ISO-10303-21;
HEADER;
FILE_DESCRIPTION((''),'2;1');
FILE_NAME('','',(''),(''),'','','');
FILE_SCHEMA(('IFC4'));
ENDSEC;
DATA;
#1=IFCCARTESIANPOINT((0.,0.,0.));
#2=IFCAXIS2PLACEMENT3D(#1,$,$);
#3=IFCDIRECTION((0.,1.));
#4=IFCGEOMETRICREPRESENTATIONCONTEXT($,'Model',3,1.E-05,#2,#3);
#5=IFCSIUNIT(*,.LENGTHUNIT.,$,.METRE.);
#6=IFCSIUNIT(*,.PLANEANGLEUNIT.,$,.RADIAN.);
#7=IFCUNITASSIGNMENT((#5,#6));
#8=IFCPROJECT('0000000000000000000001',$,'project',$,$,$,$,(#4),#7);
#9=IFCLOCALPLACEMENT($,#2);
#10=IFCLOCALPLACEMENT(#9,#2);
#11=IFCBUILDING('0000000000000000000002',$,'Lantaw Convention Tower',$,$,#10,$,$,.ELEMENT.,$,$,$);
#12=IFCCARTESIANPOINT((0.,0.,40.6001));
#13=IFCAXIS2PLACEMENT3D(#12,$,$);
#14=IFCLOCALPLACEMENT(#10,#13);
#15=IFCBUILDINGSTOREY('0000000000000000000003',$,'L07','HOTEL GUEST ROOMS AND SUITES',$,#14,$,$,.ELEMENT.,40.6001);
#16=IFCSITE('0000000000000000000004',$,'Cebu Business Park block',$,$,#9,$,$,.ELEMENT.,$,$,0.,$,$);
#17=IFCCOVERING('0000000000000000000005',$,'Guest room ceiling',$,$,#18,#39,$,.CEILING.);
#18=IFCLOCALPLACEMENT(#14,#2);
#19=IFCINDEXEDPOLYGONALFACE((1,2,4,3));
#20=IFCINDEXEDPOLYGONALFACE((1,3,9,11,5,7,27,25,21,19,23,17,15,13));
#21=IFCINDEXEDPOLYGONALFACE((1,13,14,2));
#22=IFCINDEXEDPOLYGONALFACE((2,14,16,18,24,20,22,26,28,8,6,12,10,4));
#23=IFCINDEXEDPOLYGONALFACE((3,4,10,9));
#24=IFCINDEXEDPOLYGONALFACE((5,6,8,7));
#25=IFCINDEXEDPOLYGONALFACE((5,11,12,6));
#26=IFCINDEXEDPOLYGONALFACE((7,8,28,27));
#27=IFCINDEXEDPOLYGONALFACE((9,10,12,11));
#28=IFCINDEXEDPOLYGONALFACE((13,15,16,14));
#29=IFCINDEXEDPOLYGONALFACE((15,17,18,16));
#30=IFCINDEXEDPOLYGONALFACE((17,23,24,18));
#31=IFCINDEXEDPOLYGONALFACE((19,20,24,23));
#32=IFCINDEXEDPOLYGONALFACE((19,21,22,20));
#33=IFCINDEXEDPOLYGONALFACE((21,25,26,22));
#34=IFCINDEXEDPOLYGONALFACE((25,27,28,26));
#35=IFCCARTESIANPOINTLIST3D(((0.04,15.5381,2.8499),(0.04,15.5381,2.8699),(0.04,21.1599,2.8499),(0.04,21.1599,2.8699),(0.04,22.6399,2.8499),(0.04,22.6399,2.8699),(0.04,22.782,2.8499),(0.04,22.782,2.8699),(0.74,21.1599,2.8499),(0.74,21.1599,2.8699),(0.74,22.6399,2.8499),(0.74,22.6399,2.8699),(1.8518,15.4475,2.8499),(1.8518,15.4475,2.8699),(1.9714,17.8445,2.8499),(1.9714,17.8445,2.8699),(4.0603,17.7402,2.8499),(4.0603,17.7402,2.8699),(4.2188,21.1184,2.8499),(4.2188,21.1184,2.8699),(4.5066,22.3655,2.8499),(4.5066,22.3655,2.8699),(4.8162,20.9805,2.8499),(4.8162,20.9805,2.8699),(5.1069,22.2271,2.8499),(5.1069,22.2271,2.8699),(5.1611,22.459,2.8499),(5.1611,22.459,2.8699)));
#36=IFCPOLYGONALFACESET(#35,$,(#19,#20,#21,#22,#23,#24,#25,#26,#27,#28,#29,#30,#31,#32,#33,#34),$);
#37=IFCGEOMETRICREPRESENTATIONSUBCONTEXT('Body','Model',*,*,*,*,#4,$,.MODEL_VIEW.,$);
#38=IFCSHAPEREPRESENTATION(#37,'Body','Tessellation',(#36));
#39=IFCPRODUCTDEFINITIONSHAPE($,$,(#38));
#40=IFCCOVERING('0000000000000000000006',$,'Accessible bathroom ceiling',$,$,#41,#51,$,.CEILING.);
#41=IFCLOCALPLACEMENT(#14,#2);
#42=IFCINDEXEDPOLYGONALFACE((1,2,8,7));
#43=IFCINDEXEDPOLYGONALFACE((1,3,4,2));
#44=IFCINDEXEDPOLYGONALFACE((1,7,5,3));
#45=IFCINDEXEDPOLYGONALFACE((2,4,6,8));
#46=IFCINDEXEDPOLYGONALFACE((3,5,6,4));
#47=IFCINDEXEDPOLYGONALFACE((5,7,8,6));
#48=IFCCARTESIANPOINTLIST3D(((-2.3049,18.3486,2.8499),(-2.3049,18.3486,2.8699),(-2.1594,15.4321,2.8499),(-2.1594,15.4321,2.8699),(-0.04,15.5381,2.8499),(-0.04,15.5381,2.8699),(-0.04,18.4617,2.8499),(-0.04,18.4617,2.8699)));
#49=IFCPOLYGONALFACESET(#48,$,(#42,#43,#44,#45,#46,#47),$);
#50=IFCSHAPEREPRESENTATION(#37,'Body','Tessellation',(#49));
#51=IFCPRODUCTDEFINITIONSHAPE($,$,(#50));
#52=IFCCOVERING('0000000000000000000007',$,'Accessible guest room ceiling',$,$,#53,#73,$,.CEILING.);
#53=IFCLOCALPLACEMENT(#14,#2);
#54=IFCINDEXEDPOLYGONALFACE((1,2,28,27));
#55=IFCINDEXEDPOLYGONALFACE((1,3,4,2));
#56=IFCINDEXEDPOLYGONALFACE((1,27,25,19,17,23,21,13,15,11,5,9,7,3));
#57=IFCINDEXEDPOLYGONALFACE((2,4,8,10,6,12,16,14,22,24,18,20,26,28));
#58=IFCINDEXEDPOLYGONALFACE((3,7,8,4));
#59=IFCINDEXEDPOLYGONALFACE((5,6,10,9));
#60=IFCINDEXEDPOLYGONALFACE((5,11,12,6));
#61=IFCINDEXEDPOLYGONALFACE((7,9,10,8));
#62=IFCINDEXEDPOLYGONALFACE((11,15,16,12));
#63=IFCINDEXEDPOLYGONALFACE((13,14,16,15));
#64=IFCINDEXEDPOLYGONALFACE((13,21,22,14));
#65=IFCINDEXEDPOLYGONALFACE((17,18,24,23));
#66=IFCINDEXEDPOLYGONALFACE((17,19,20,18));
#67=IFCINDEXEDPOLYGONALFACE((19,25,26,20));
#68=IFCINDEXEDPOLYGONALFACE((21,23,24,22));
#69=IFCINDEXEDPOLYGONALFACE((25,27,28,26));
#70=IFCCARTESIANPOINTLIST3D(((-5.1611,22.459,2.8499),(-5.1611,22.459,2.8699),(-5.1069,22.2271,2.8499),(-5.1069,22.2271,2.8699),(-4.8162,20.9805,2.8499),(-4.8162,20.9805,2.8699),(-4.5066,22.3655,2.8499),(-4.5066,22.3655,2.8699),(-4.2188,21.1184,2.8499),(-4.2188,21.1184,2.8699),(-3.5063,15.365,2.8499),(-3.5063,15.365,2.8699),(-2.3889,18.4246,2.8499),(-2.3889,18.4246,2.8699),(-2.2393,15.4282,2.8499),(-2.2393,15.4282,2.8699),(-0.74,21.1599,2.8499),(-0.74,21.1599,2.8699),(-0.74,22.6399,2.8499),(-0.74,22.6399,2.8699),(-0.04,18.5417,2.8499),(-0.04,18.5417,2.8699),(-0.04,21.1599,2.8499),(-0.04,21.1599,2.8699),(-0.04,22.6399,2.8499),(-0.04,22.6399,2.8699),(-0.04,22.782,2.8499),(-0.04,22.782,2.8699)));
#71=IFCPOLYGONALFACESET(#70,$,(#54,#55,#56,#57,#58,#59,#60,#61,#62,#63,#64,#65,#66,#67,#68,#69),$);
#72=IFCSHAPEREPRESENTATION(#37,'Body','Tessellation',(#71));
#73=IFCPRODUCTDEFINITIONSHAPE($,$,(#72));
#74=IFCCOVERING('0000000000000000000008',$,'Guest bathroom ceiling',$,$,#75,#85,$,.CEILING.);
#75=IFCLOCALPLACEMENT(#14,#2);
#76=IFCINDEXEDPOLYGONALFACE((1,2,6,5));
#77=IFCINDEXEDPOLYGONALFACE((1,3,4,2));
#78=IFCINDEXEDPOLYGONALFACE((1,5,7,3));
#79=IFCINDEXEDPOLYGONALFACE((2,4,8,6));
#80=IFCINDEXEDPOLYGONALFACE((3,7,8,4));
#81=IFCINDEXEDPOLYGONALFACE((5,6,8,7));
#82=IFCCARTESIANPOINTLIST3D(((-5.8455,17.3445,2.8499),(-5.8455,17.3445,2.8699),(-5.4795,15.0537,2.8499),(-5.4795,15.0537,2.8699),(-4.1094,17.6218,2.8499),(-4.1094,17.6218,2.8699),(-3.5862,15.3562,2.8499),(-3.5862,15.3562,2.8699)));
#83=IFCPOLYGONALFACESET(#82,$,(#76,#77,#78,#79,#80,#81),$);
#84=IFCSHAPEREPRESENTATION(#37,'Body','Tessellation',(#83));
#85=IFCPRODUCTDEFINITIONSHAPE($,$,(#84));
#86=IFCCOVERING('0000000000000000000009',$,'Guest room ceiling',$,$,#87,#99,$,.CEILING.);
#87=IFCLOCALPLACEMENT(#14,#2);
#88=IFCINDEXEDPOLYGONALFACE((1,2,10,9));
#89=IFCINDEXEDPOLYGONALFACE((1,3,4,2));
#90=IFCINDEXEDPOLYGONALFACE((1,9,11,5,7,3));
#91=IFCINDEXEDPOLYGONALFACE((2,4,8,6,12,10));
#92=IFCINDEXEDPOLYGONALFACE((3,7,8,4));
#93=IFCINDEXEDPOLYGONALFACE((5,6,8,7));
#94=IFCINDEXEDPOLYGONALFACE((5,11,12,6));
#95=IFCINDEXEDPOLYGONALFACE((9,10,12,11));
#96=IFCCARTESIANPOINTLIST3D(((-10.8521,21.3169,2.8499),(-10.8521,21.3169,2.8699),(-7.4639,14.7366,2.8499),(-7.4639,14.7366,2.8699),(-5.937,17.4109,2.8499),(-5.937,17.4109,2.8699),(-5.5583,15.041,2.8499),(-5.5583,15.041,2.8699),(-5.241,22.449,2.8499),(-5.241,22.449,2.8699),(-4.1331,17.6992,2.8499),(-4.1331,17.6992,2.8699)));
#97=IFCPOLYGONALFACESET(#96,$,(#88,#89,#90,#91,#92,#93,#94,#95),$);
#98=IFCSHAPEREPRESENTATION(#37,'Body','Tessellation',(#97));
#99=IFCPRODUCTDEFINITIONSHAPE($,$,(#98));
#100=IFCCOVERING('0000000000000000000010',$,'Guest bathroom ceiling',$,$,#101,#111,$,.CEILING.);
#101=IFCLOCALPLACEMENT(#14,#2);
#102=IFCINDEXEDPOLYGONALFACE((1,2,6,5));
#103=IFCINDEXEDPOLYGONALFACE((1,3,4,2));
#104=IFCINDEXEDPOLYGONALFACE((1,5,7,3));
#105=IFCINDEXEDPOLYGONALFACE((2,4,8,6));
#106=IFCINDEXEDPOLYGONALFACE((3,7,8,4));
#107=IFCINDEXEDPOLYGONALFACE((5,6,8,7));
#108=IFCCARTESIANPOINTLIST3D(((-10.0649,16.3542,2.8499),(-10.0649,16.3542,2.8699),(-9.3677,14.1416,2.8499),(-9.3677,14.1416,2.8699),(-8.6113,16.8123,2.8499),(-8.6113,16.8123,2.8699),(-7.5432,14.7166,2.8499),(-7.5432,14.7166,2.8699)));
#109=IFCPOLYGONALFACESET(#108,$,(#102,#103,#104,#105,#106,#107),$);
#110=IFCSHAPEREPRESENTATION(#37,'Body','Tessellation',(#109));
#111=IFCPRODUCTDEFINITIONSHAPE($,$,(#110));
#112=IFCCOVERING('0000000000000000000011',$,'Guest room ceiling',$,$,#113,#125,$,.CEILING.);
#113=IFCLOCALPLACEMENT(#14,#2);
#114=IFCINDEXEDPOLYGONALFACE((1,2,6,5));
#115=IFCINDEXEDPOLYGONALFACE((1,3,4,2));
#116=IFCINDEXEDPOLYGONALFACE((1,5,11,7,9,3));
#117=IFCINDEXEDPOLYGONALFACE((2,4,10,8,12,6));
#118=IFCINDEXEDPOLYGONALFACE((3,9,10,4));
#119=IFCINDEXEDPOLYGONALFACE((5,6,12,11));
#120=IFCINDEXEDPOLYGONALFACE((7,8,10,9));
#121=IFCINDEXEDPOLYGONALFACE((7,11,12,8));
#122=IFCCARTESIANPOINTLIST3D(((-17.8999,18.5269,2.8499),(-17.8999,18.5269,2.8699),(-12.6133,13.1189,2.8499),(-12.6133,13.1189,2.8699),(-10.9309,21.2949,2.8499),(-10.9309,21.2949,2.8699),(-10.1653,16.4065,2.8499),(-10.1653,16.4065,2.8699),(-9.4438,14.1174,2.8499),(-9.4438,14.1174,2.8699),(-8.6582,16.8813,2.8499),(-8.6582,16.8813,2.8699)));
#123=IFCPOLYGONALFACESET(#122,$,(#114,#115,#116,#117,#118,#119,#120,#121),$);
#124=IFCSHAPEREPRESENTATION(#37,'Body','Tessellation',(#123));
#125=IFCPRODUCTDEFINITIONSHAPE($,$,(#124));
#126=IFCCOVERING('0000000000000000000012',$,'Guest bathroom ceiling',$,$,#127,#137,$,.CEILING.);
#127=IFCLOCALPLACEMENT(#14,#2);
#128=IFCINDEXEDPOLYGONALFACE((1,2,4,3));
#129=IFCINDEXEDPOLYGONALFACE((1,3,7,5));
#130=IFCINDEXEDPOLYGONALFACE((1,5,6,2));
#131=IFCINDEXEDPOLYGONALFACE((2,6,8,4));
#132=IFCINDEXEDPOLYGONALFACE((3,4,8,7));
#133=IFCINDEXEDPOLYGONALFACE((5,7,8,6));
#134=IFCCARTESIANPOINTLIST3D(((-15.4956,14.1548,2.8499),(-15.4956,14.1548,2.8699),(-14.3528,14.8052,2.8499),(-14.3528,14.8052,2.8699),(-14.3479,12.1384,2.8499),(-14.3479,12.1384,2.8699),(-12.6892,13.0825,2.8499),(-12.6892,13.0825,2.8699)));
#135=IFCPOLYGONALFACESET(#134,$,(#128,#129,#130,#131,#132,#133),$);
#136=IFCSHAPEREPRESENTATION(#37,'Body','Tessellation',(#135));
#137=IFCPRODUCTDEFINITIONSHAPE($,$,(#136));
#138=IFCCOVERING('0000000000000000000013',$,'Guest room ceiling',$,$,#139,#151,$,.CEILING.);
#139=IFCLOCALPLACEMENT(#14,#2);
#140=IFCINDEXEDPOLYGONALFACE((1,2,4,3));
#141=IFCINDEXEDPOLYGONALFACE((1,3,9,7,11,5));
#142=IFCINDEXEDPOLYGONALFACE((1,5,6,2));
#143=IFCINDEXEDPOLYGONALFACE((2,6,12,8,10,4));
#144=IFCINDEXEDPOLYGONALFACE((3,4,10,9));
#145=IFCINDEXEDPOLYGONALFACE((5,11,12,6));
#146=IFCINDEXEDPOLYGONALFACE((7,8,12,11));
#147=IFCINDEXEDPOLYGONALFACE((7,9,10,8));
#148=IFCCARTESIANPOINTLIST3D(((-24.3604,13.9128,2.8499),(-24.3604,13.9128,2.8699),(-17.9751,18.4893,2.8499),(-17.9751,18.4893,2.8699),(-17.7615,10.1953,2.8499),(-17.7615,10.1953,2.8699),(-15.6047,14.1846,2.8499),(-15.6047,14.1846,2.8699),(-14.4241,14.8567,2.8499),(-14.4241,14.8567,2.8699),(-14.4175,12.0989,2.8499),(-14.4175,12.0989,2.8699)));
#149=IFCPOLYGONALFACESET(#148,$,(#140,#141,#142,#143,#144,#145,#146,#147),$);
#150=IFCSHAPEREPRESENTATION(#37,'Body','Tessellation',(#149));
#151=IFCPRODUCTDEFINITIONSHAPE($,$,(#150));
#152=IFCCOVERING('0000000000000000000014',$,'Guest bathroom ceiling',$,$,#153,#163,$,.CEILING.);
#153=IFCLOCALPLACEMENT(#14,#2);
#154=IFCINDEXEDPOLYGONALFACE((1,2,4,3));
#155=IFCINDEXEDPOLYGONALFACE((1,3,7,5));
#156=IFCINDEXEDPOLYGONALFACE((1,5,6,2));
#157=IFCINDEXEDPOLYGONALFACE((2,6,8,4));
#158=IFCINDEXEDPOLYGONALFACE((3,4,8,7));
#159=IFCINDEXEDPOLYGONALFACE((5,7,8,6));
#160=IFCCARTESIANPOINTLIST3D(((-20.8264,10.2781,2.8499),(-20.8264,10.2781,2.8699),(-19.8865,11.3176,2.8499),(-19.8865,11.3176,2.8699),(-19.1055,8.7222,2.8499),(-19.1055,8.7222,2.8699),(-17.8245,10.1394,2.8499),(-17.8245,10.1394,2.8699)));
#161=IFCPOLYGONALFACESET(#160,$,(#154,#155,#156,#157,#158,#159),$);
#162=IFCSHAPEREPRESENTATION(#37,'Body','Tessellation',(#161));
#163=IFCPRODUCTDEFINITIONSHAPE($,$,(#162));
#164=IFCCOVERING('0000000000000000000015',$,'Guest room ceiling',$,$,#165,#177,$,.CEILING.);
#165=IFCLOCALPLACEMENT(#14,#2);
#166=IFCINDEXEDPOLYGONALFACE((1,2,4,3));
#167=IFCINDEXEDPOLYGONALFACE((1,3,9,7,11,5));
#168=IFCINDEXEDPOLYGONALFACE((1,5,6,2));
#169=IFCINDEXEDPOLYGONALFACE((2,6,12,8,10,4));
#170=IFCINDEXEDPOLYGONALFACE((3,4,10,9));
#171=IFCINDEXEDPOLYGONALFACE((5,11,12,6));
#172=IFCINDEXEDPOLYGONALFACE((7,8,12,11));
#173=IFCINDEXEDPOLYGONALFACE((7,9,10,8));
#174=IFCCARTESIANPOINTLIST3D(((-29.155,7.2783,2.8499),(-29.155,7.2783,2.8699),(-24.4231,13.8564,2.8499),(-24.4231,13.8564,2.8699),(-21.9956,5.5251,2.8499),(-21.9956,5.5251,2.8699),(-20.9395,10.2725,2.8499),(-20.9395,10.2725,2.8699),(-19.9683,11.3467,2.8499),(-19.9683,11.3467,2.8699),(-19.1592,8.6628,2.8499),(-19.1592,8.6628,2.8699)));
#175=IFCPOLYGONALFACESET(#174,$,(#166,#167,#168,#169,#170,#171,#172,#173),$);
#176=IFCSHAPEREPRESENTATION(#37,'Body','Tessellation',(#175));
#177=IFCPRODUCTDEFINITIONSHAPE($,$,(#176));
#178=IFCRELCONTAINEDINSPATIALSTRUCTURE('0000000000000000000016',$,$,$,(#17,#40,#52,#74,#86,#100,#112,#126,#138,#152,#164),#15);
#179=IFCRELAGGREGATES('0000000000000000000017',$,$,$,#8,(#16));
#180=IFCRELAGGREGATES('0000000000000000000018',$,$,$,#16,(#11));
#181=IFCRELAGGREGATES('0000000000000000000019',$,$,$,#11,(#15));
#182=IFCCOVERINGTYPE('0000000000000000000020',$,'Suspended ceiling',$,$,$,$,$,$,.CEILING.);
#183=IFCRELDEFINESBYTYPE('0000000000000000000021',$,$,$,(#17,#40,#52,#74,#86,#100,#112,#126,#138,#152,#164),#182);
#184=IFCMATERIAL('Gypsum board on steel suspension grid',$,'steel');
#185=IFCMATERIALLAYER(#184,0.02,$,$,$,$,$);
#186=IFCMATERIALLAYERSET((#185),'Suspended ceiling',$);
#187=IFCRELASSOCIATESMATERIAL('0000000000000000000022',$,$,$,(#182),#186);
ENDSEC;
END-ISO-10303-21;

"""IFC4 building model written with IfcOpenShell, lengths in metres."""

from ifc_helpers import new_model, si_unit, direction, frame, origin, place, context, subcontext, project, spatial, polyline, outline, extrude, material, layer, layer_set, type_object, element, save


model = new_model("IFC4")

# Units and contexts
model_context = context("Model", 3, precision=1e-05, world=origin(), true_north=direction((0.0, 1.0)))
body_context = subcontext(model_context, "Body", "Model", "MODEL_VIEW")
ifc_project = project(units=[si_unit("LENGTHUNIT", "METRE"), si_unit("PLANEANGLEUNIT", "RADIAN")], contexts=[model_context])

# Site, building, storey
site_placement = place(None, origin())
site = spatial("IfcSite", under=ifc_project, at=site_placement, Name="Cebu Business Park block", CompositionType="ELEMENT", RefElevation=0.0)
building_placement = place(site_placement, origin())
building = spatial("IfcBuilding", under=site, at=building_placement, Name="Lantaw Convention Tower", CompositionType="ELEMENT")
storey_placement = place(building_placement, frame((0.0, 0.0, 40.6001)))
storey = spatial("IfcBuildingStorey", under=building, at=storey_placement, Name="L07", Description="HOTEL GUEST ROOMS AND SUITES", CompositionType="ELEMENT", Elevation=40.6001)

# Coverings
ifc_material_1 = material(Name="Gypsum board on steel suspension grid", Category="steel")
ifc_layer_1 = layer(ifc_material_1, 0.02)
ifc_layer_set_1 = layer_set([ifc_layer_1], Name="Suspended ceiling")
covering_type = type_object("IfcCoveringType", Name="Suspended ceiling", PredefinedType="CEILING", material=ifc_layer_set_1)
covering_1_placement = place(storey_placement, frame((0.0, 0.0, 2.8499)))
element("IfcCovering", 1, at=covering_1_placement, inside=storey, type_object=covering_type, Name="Guest room ceiling", PredefinedType="CEILING", context=body_context, shape_type="SweptSolid", body=[
    extrude(outline(polyline([(0.04, 21.1599), (0.04, 15.5381), (1.8518, 15.4475), (1.9714, 17.8445), (4.0603, 17.7402), (4.8162, 20.9805), (4.2188, 21.1184), (4.5066, 22.3655), (5.1069, 22.2271), (5.1611, 22.459), (0.04, 22.782), (0.04, 22.6399), (0.74, 22.6399), (0.74, 21.1599), (0.04, 21.1599)])), origin(), (0.0, 0.0, 1.0), 0.02),
])
covering_2_placement = place(storey_placement, frame((0.0, 0.0, 2.8499)))
element("IfcCovering", 2, at=covering_2_placement, inside=storey, type_object=covering_type, Name="Accessible bathroom ceiling", PredefinedType="CEILING", context=body_context, shape_type="SweptSolid", body=[
    extrude(outline(polyline([(-0.04, 15.5381), (-0.04, 18.4617), (-2.3049, 18.3486), (-2.1594, 15.4321), (-0.04, 15.5381)])), origin(), (0.0, 0.0, 1.0), 0.02),
])
covering_3_placement = place(storey_placement, frame((0.0, 0.0, 2.8499)))
element("IfcCovering", 3, at=covering_3_placement, inside=storey, type_object=covering_type, Name="Accessible guest room ceiling", PredefinedType="CEILING", context=body_context, shape_type="SweptSolid", body=[
    extrude(outline(polyline([(-4.8162, 20.9805), (-3.5063, 15.365), (-2.2393, 15.4282), (-2.3889, 18.4246), (-0.04, 18.5417), (-0.04, 21.1599), (-0.74, 21.1599), (-0.74, 22.6399), (-0.04, 22.6399), (-0.04, 22.782), (-5.1611, 22.459), (-5.1069, 22.2271), (-4.5066, 22.3655), (-4.2188, 21.1184), (-4.8162, 20.9805)])), origin(), (0.0, 0.0, 1.0), 0.02),
])
covering_4_placement = place(storey_placement, frame((0.0, 0.0, 2.8499)))
element("IfcCovering", 4, at=covering_4_placement, inside=storey, type_object=covering_type, Name="Guest bathroom ceiling", PredefinedType="CEILING", context=body_context, shape_type="SweptSolid", body=[
    extrude(outline(polyline([(-3.5862, 15.3562), (-4.1094, 17.6218), (-5.8455, 17.3445), (-5.4795, 15.0537), (-3.5862, 15.3562)])), origin(), (0.0, 0.0, 1.0), 0.02),
])
covering_5_placement = place(storey_placement, frame((0.0, 0.0, 2.8499)))
element("IfcCovering", 5, at=covering_5_placement, inside=storey, type_object=covering_type, Name="Guest room ceiling", PredefinedType="CEILING", context=body_context, shape_type="SweptSolid", body=[
    extrude(outline(polyline([(-7.4639, 14.7366), (-5.5583, 15.041), (-5.937, 17.4109), (-4.1331, 17.6992), (-5.241, 22.449), (-10.8521, 21.3169), (-7.4639, 14.7366)])), origin(), (0.0, 0.0, 1.0), 0.02),
])
covering_6_placement = place(storey_placement, frame((0.0, 0.0, 2.8499)))
element("IfcCovering", 6, at=covering_6_placement, inside=storey, type_object=covering_type, Name="Guest bathroom ceiling", PredefinedType="CEILING", context=body_context, shape_type="SweptSolid", body=[
    extrude(outline(polyline([(-7.5432, 14.7166), (-8.6113, 16.8123), (-10.0649, 16.3542), (-9.3677, 14.1416), (-7.5432, 14.7166)])), origin(), (0.0, 0.0, 1.0), 0.02),
])
covering_7_placement = place(storey_placement, frame((0.0, 0.0, 2.8499)))
element("IfcCovering", 7, at=covering_7_placement, inside=storey, type_object=covering_type, Name="Guest room ceiling", PredefinedType="CEILING", context=body_context, shape_type="SweptSolid", body=[
    extrude(outline(polyline([(-12.6133, 13.1189), (-9.4438, 14.1174), (-10.1653, 16.4065), (-8.6582, 16.8813), (-10.9309, 21.2949), (-17.8999, 18.5269), (-12.6133, 13.1189)])), origin(), (0.0, 0.0, 1.0), 0.02),
])
covering_8_placement = place(storey_placement, frame((0.0, 0.0, 2.8499)))
element("IfcCovering", 8, at=covering_8_placement, inside=storey, type_object=covering_type, Name="Guest bathroom ceiling", PredefinedType="CEILING", context=body_context, shape_type="SweptSolid", body=[
    extrude(outline(polyline([(-12.6892, 13.0825), (-14.3528, 14.8052), (-15.4956, 14.1548), (-14.3479, 12.1384), (-12.6892, 13.0825)])), origin(), (0.0, 0.0, 1.0), 0.02),
])
covering_9_placement = place(storey_placement, frame((0.0, 0.0, 2.8499)))
element("IfcCovering", 9, at=covering_9_placement, inside=storey, type_object=covering_type, Name="Guest room ceiling", PredefinedType="CEILING", context=body_context, shape_type="SweptSolid", body=[
    extrude(outline(polyline([(-17.7615, 10.1953), (-14.4175, 12.0989), (-15.6047, 14.1846), (-14.4241, 14.8567), (-17.9751, 18.4893), (-24.3604, 13.9128), (-17.7615, 10.1953)])), origin(), (0.0, 0.0, 1.0), 0.02),
])
covering_10_placement = place(storey_placement, frame((0.0, 0.0, 2.8499)))
element("IfcCovering", 10, at=covering_10_placement, inside=storey, type_object=covering_type, Name="Guest bathroom ceiling", PredefinedType="CEILING", context=body_context, shape_type="SweptSolid", body=[
    extrude(outline(polyline([(-17.8245, 10.1394), (-19.8865, 11.3176), (-20.8264, 10.2781), (-19.1055, 8.7222), (-17.8245, 10.1394)])), origin(), (0.0, 0.0, 1.0), 0.02),
])
covering_11_placement = place(storey_placement, frame((0.0, 0.0, 2.8499)))
element("IfcCovering", 11, at=covering_11_placement, inside=storey, type_object=covering_type, Name="Guest room ceiling", PredefinedType="CEILING", context=body_context, shape_type="SweptSolid", body=[
    extrude(outline(polyline([(-21.9956, 5.5251), (-19.1592, 8.6628), (-20.9395, 10.2725), (-19.9683, 11.3467), (-24.4231, 13.8564), (-29.155, 7.2783), (-21.9956, 5.5251)])), origin(), (0.0, 0.0, 1.0), 0.02),
])

save(model, "model.ifc")
